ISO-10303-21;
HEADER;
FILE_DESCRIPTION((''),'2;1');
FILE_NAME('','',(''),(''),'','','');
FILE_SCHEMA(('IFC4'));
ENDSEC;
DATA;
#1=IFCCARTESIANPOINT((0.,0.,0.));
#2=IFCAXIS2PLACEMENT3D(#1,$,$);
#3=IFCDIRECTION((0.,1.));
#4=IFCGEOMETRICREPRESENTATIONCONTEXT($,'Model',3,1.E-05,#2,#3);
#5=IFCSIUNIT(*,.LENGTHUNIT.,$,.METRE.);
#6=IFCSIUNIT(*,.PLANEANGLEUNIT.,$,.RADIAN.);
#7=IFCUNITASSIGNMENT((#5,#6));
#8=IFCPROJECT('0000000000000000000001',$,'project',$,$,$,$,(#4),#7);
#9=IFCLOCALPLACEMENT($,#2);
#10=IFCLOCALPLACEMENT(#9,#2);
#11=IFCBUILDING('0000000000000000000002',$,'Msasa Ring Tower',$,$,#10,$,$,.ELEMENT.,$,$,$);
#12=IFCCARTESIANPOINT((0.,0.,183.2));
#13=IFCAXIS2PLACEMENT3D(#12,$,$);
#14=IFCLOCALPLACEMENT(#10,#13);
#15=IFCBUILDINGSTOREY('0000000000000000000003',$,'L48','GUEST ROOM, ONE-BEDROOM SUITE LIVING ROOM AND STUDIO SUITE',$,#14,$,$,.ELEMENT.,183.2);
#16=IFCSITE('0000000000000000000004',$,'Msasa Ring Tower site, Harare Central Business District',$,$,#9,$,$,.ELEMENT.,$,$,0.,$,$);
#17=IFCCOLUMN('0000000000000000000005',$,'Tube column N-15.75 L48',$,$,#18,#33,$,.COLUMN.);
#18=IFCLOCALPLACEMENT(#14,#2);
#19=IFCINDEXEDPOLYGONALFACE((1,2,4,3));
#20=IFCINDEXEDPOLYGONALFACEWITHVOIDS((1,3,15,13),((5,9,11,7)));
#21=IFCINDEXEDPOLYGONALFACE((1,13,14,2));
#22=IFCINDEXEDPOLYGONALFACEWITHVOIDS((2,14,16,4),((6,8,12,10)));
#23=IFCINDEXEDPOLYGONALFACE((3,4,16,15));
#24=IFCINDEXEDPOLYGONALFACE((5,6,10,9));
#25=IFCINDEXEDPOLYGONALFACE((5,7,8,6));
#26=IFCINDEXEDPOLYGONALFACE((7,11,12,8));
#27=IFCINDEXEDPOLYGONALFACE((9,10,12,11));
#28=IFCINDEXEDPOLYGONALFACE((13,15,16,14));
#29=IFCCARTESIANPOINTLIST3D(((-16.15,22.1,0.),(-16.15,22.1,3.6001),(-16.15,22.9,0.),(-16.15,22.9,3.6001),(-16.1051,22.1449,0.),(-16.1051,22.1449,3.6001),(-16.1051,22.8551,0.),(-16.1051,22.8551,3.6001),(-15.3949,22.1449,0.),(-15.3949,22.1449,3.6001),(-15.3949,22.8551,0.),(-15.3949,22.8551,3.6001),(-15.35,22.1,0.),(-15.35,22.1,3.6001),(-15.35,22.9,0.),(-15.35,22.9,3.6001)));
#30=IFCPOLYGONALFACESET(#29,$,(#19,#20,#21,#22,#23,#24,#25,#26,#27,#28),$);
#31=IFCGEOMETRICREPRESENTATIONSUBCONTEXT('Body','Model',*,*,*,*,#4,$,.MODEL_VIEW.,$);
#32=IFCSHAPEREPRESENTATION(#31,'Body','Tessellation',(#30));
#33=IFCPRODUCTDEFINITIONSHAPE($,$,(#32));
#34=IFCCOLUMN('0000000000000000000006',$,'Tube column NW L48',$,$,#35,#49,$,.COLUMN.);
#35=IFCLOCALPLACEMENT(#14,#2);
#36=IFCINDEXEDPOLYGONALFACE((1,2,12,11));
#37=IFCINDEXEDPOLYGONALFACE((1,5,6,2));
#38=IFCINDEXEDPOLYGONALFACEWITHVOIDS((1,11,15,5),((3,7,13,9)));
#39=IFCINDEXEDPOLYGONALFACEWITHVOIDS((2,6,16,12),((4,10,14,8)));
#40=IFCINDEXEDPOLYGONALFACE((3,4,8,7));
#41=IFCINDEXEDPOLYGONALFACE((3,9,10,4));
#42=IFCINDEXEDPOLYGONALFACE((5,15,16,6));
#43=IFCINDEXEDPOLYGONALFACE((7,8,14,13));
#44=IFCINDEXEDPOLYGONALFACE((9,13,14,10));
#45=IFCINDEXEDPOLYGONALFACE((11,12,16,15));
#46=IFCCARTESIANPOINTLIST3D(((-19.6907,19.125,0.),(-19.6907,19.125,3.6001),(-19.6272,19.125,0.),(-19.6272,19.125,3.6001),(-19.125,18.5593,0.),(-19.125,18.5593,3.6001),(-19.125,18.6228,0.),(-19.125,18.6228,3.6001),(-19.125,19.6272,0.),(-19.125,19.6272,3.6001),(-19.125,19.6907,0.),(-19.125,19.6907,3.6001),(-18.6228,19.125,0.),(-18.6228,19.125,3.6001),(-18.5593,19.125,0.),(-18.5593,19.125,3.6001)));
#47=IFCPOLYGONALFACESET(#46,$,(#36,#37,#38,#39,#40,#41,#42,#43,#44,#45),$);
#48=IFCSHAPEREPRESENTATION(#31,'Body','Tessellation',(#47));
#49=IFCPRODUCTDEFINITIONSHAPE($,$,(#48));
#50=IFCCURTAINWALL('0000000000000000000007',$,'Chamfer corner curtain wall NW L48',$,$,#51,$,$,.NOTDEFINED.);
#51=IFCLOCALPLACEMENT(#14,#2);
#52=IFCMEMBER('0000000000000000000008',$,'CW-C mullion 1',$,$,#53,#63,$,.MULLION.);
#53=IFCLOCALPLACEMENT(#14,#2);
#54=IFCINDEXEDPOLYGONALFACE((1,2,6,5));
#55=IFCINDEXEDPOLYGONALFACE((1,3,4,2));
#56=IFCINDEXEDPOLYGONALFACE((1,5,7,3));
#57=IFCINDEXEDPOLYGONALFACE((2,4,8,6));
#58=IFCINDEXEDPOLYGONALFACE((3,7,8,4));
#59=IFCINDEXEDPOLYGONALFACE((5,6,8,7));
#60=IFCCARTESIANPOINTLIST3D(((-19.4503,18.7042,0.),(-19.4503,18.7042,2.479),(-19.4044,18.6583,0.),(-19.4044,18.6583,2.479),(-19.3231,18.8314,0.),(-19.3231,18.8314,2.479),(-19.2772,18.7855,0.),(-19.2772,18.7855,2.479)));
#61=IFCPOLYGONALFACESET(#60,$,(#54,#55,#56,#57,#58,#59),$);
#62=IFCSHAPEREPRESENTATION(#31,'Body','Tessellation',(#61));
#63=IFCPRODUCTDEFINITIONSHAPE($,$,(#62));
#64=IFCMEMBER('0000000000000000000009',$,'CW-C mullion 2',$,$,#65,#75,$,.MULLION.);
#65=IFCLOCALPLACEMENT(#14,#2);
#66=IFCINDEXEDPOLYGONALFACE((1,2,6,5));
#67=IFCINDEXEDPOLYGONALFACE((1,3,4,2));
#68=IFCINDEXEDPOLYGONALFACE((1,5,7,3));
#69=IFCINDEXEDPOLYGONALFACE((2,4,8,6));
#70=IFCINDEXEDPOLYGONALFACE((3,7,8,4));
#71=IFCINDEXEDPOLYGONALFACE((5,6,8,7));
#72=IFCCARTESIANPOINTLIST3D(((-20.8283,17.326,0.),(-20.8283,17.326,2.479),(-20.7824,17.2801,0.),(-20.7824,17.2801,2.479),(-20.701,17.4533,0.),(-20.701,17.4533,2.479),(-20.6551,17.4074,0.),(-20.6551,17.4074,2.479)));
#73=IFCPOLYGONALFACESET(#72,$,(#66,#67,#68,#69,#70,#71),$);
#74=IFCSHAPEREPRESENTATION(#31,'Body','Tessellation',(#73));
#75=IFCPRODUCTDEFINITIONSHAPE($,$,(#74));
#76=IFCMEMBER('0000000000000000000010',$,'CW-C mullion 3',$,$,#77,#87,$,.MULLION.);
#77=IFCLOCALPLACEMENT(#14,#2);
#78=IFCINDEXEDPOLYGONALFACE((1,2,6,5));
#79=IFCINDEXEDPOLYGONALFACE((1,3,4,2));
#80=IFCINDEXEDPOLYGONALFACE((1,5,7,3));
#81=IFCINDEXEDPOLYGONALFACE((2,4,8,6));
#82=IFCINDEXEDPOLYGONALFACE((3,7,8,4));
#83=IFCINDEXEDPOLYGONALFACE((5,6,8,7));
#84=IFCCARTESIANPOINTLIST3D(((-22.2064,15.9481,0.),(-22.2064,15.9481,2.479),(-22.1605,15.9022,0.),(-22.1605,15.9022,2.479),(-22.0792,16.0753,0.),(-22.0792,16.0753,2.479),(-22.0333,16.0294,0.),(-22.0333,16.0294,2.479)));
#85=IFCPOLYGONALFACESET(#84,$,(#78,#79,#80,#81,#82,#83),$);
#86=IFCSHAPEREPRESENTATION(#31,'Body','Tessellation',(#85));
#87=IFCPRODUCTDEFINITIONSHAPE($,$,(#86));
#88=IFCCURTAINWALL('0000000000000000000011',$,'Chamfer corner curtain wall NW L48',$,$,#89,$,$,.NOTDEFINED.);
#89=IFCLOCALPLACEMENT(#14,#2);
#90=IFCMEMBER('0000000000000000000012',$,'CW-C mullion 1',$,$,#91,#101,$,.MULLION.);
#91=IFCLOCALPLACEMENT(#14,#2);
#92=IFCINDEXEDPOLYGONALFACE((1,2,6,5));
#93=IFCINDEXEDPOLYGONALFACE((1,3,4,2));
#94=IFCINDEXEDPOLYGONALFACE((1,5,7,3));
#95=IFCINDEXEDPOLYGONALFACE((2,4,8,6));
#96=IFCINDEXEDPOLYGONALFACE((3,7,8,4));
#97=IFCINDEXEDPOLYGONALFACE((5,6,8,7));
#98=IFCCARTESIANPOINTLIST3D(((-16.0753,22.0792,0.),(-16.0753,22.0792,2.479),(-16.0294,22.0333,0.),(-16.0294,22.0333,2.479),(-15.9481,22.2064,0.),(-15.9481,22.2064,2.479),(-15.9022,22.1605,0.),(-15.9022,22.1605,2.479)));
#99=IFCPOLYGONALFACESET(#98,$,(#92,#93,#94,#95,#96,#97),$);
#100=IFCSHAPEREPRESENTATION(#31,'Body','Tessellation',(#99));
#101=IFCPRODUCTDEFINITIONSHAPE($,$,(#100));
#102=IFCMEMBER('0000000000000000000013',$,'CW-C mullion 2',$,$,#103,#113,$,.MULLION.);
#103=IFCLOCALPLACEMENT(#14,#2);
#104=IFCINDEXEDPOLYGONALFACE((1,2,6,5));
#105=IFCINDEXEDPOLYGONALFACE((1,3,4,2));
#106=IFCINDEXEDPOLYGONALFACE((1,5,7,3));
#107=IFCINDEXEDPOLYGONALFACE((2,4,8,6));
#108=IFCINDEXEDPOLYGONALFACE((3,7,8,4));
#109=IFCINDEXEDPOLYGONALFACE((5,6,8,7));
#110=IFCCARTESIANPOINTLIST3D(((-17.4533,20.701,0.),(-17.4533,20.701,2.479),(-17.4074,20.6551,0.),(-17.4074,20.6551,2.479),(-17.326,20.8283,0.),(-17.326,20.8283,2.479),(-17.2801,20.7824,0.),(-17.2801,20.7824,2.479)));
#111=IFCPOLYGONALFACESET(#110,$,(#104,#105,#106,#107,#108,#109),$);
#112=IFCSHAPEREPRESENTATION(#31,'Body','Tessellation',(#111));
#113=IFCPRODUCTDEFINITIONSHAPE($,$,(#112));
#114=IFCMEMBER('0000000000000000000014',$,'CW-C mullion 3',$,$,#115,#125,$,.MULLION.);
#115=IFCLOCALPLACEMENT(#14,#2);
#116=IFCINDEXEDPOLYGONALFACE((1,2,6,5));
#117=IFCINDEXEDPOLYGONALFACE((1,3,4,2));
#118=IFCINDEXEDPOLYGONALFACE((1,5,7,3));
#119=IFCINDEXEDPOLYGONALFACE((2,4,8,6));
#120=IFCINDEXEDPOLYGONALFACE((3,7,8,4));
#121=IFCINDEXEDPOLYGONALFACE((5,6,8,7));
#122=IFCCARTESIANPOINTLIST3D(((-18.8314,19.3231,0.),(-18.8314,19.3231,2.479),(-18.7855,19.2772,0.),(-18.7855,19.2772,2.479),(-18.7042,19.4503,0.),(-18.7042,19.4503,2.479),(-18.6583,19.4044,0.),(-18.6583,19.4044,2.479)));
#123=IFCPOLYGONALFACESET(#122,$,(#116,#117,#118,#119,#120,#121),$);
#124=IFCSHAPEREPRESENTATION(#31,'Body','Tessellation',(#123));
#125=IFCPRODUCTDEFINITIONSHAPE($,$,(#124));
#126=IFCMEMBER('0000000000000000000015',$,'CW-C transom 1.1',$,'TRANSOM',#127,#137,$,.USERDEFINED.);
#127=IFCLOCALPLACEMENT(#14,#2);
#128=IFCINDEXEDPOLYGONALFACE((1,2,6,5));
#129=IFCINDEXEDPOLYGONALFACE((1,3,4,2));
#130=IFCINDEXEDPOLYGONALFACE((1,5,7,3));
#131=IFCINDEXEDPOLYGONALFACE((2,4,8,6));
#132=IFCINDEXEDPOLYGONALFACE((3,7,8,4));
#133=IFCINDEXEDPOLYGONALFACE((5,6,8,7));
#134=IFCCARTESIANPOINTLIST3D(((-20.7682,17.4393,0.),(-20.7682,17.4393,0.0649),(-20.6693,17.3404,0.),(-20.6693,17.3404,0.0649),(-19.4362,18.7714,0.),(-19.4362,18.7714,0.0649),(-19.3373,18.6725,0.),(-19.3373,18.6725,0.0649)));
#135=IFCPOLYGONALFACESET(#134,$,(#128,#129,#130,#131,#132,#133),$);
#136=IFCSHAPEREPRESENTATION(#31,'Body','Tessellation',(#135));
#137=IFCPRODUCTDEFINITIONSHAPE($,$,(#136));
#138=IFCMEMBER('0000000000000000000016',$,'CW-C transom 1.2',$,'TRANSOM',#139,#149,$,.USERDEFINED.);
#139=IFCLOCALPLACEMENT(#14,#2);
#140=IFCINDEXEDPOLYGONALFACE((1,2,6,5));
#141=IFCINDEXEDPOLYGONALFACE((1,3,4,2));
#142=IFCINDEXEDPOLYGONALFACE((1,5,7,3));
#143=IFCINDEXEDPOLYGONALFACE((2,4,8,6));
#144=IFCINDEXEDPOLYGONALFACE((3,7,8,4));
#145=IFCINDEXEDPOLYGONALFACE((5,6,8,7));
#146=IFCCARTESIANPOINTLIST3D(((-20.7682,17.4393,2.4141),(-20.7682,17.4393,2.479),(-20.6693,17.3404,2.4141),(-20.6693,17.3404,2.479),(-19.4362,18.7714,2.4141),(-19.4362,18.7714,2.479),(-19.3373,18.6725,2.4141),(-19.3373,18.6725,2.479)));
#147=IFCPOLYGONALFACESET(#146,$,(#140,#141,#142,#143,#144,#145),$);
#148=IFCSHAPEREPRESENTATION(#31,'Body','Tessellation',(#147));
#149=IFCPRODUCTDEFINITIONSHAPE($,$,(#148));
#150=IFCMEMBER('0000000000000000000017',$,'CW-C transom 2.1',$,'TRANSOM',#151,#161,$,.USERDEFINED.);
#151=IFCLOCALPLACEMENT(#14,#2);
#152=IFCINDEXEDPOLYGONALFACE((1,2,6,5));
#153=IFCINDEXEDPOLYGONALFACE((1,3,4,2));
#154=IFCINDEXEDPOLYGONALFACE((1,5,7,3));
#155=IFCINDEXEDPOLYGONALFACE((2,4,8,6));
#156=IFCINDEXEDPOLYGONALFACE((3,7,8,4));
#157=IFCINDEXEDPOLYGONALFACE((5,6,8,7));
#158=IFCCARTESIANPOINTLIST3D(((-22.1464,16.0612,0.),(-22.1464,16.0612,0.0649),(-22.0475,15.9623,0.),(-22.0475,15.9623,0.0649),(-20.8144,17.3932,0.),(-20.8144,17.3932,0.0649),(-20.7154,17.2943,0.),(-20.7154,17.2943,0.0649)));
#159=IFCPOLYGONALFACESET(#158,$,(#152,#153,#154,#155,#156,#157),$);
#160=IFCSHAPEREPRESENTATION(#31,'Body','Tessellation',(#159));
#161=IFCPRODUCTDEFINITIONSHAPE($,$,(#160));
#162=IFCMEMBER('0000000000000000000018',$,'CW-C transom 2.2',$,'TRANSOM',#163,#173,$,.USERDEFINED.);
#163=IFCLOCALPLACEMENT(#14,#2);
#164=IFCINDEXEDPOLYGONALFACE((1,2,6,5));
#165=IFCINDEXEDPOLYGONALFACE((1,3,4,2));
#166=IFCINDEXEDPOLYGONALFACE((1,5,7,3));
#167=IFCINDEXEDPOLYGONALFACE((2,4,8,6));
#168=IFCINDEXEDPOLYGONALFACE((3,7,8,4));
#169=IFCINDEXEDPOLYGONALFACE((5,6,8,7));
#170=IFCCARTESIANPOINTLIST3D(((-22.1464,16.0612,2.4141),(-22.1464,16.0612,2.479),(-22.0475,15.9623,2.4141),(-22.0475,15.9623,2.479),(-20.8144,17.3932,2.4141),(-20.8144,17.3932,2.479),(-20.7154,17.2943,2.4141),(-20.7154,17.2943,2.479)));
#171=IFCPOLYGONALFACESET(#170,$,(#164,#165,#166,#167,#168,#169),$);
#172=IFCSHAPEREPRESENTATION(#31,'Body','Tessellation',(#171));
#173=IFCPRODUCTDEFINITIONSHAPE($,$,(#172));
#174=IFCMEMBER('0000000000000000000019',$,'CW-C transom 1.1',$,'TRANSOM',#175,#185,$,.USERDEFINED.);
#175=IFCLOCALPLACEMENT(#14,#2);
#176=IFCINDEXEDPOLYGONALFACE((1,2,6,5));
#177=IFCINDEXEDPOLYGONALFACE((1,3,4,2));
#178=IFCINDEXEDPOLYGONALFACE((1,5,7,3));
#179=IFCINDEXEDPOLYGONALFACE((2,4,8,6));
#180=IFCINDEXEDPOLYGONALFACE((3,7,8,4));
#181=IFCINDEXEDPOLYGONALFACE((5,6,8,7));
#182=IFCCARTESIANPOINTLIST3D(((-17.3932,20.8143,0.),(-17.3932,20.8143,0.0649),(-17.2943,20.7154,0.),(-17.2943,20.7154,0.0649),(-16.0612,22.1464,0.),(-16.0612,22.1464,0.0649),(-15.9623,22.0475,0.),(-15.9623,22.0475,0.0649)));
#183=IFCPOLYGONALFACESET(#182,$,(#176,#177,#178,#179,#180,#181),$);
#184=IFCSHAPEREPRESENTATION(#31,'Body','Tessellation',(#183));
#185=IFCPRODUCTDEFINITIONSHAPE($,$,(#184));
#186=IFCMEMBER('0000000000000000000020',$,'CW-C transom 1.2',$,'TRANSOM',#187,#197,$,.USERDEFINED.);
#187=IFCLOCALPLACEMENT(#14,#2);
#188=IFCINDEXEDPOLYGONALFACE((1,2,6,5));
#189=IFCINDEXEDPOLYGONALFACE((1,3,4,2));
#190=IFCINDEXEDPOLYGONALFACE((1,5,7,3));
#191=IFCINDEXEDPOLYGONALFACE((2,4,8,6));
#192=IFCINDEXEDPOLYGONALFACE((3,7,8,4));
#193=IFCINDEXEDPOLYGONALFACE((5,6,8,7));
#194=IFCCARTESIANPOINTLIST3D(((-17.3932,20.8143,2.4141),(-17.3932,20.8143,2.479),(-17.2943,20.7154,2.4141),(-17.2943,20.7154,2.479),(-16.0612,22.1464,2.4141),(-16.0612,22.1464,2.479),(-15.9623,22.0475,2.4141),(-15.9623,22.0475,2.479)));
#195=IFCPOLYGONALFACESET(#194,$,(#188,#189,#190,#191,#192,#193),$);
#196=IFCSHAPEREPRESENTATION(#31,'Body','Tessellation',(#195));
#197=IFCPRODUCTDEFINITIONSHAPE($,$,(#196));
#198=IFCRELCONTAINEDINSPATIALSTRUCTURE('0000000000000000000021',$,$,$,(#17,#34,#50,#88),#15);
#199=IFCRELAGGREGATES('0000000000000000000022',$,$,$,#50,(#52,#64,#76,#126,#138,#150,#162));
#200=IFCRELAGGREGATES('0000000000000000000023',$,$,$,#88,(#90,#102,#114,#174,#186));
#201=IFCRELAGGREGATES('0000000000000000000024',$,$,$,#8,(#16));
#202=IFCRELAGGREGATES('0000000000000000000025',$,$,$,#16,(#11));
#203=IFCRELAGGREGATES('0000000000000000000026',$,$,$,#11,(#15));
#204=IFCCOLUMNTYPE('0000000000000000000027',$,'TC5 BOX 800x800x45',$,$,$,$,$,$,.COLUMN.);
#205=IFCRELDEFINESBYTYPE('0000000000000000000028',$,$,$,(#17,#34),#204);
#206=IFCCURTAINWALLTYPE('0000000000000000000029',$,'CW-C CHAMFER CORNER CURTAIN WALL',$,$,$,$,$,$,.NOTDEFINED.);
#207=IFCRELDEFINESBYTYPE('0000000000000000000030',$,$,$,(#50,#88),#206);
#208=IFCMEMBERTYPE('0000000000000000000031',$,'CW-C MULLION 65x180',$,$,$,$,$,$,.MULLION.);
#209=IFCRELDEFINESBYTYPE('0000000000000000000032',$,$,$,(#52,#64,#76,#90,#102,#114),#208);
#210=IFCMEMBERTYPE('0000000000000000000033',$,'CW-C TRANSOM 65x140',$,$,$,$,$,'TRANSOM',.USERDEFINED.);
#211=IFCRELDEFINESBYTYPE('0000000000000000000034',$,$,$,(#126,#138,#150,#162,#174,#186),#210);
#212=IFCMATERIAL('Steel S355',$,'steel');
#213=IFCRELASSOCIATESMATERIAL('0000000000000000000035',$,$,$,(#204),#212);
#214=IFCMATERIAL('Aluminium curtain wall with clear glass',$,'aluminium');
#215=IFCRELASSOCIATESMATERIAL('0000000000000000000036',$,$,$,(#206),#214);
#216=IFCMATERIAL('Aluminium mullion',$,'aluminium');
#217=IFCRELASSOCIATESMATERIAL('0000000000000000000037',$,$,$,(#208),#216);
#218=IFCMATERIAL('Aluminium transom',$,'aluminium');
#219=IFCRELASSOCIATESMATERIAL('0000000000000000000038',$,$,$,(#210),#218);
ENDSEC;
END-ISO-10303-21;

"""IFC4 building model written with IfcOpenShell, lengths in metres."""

from ifc_helpers import new_model, si_unit, direction, frame, origin, origin_2d, place, context, subcontext, project, spatial, rectangle, hollow_rectangle, extrude, material, material_profile, profile_set, type_object, element, aggregate, save


model = new_model("IFC4")

# Units and contexts
model_context = context("Model", 3, precision=1e-05, world=origin(), true_north=direction((0.0, 1.0)))
body_context = subcontext(model_context, "Body", "Model", "MODEL_VIEW")
ifc_project = project(units=[si_unit("LENGTHUNIT", "METRE"), si_unit("PLANEANGLEUNIT", "RADIAN")], contexts=[model_context])

# Site, building, storey
site_placement = place(None, origin())
site = spatial("IfcSite", under=ifc_project, at=site_placement, Name="Msasa Ring Tower site, Harare Central Business District", CompositionType="ELEMENT", RefElevation=0.0)
building_placement = place(site_placement, origin())
building = spatial("IfcBuilding", under=site, at=building_placement, Name="Msasa Ring Tower", CompositionType="ELEMENT")
storey_placement = place(building_placement, frame((0.0, 0.0, 183.2)))
storey = spatial("IfcBuildingStorey", under=building, at=storey_placement, Name="L48", Description="GUEST ROOM, ONE-BEDROOM SUITE LIVING ROOM AND STUDIO SUITE", CompositionType="ELEMENT", Elevation=183.2)

# Columns
ifc_material_1 = material(Name="Steel S355", Category="steel")
ifc_material_profile_1 = material_profile(ifc_material_1, hollow_rectangle(XDim=0.8, YDim=0.8, WallThickness=0.0449, at=origin_2d()), Name="BOX 800x800x45")
ifc_profile_set_1 = profile_set([ifc_material_profile_1], Name="Steel S355")
column_type = type_object("IfcColumnType", Name="TC5 BOX 800x800x45", PredefinedType="COLUMN", material=ifc_profile_set_1)
for number, where, z_axis, x_axis, name in (
    (1, (-15.75, 22.5, 0.0), (0.0, 0.0, 1.0), (0.0, 1.0, 0.0), "Tube column N-15.75 L48"),
    (2, (-19.125, 19.125, 0.0), (0.0, 0.0, 1.0), (0.707107, -0.707107, 0.0), "Tube column NW L48"),
):
    element("IfcColumn", number, at=place(storey_placement, frame(where, z_axis=z_axis, x_axis=x_axis)), inside=storey, type_object=column_type, Name=name, PredefinedType="COLUMN", context=body_context, shape_type="SweptSolid", body=[
        extrude(hollow_rectangle(XDim=0.8, YDim=0.8, WallThickness=0.0449, at=origin_2d()), origin(), (0.0, 0.0, 1.0), 3.6001),
    ])

# Curtain walls, members
ifc_material_2 = material(Name="Aluminium curtain wall with clear glass", Category="aluminium")
curtain_wall_type = type_object("IfcCurtainWallType", Name="CW-C CHAMFER CORNER CURTAIN WALL", PredefinedType="NOTDEFINED", material=ifc_material_2)
curtain_wall_1_placement = place(storey_placement, origin())
curtain_wall_1 = element("IfcCurtainWall", 3, at=curtain_wall_1_placement, inside=storey, type_object=curtain_wall_type, Name="Chamfer corner curtain wall NW L48", PredefinedType="NOTDEFINED")
ifc_material_3 = material(Name="Aluminium mullion", Category="aluminium")
ifc_material_profile_2 = material_profile(ifc_material_3, rectangle(XDim=0.0649, YDim=0.1799, at=origin_2d()), Name="AL 65x180")
ifc_profile_set_2 = profile_set([ifc_material_profile_2], Name="Aluminium mullion")
member_type_1 = type_object("IfcMemberType", Name="CW-C MULLION 65x180", PredefinedType="MULLION", material=ifc_profile_set_2)
member_1_placement = place(storey_placement, frame((-19.3638, 18.7449, 0.0), z_axis=(0.0, 0.0, 1.0), x_axis=(0.707107, -0.707107, 0.0)))
member_1 = element("IfcMember", 4, at=member_1_placement, type_object=member_type_1, Name="CW-C mullion 1", PredefinedType="MULLION", context=body_context, shape_type="SweptSolid", body=[
    extrude(rectangle(XDim=0.0649, YDim=0.1799, at=origin_2d()), origin(), (0.0, 0.0, 1.0), 2.479),
])
member_2_placement = place(storey_placement, frame((-20.7417, 17.3667, 0.0), z_axis=(0.0, 0.0, 1.0), x_axis=(0.707107, -0.707107, 0.0)))
member_2 = element("IfcMember", 5, at=member_2_placement, type_object=member_type_1, Name="CW-C mullion 2", PredefinedType="MULLION", context=body_context, shape_type="SweptSolid", body=[
    extrude(rectangle(XDim=0.0649, YDim=0.1799, at=origin_2d()), origin(), (0.0, 0.0, 1.0), 2.479),
])
member_3_placement = place(storey_placement, frame((-22.1199, 15.9888, 0.0), z_axis=(0.0, 0.0, 1.0), x_axis=(0.707107, -0.707107, 0.0)))
member_3 = element("IfcMember", 6, at=member_3_placement, type_object=member_type_1, Name="CW-C mullion 3", PredefinedType="MULLION", context=body_context, shape_type="SweptSolid", body=[
    extrude(rectangle(XDim=0.0649, YDim=0.1799, at=origin_2d()), origin(), (0.0, 0.0, 1.0), 2.479),
])
curtain_wall_2_placement = place(storey_placement, origin())
curtain_wall_2 = element("IfcCurtainWall", 7, at=curtain_wall_2_placement, inside=storey, type_object=curtain_wall_type, Name="Chamfer corner curtain wall NW L48", PredefinedType="NOTDEFINED")
member_4_placement = place(storey_placement, frame((-15.9888, 22.1199, 0.0), z_axis=(0.0, 0.0, 1.0), x_axis=(0.707107, -0.707107, 0.0)))
member_4 = element("IfcMember", 8, at=member_4_placement, type_object=member_type_1, Name="CW-C mullion 1", PredefinedType="MULLION", context=body_context, shape_type="SweptSolid", body=[
    extrude(rectangle(XDim=0.0649, YDim=0.1799, at=origin_2d()), origin(), (0.0, 0.0, 1.0), 2.479),
])
member_5_placement = place(storey_placement, frame((-17.3667, 20.7417, 0.0), z_axis=(0.0, 0.0, 1.0), x_axis=(0.707107, -0.707107, 0.0)))
member_5 = element("IfcMember", 9, at=member_5_placement, type_object=member_type_1, Name="CW-C mullion 2", PredefinedType="MULLION", context=body_context, shape_type="SweptSolid", body=[
    extrude(rectangle(XDim=0.0649, YDim=0.1799, at=origin_2d()), origin(), (0.0, 0.0, 1.0), 2.479),
])
member_6_placement = place(storey_placement, frame((-18.7449, 19.3638, 0.0), z_axis=(0.0, 0.0, 1.0), x_axis=(0.707107, -0.707107, 0.0)))
member_6 = element("IfcMember", 10, at=member_6_placement, type_object=member_type_1, Name="CW-C mullion 3", PredefinedType="MULLION", context=body_context, shape_type="SweptSolid", body=[
    extrude(rectangle(XDim=0.0649, YDim=0.1799, at=origin_2d()), origin(), (0.0, 0.0, 1.0), 2.479),
])

# Members
ifc_material_4 = material(Name="Aluminium transom", Category="aluminium")
ifc_material_profile_3 = material_profile(ifc_material_4, rectangle(XDim=0.1399, YDim=0.0649, at=origin_2d()), Name="AL 65x140")
ifc_profile_set_3 = profile_set([ifc_material_profile_3], Name="Aluminium transom")
member_type_2 = type_object("IfcMemberType", Name="CW-C TRANSOM 65x140", ElementType="TRANSOM", PredefinedType="USERDEFINED", material=ifc_profile_set_3)
member_7_placement = place(storey_placement, frame((-19.3867, 18.7219, 0.0325), z_axis=(-0.707107, -0.707107, 0.0), x_axis=(0.707107, -0.707107, 0.0)))
member_7 = element("IfcMember", 11, at=member_7_placement, type_object=member_type_2, Name="CW-C transom 1.1", ObjectType="TRANSOM", PredefinedType="USERDEFINED", context=body_context, shape_type="SweptSolid", body=[
    extrude(rectangle(XDim=0.1399, YDim=0.0649, at=origin_2d()), origin(), (0.0, 0.0, 1.0), 1.8838),
])
member_8_placement = place(storey_placement, frame((-19.3867, 18.7219, 2.4465), z_axis=(-0.707107, -0.707107, 0.0), x_axis=(0.707107, -0.707107, 0.0)))
member_8 = element("IfcMember", 12, at=member_8_placement, type_object=member_type_2, Name="CW-C transom 1.2", ObjectType="TRANSOM", PredefinedType="USERDEFINED", context=body_context, shape_type="SweptSolid", body=[
    extrude(rectangle(XDim=0.1399, YDim=0.0649, at=origin_2d()), origin(), (0.0, 0.0, 1.0), 1.8838),
])
member_9_placement = place(storey_placement, frame((-20.7649, 17.3438, 0.0325), z_axis=(-0.707107, -0.707107, 0.0), x_axis=(0.707107, -0.707107, 0.0)))
member_9 = element("IfcMember", 13, at=member_9_placement, type_object=member_type_2, Name="CW-C transom 2.1", ObjectType="TRANSOM", PredefinedType="USERDEFINED", context=body_context, shape_type="SweptSolid", body=[
    extrude(rectangle(XDim=0.1399, YDim=0.0649, at=origin_2d()), origin(), (0.0, 0.0, 1.0), 1.8838),
])
member_10_placement = place(storey_placement, frame((-20.7649, 17.3438, 2.4465), z_axis=(-0.707107, -0.707107, 0.0), x_axis=(0.707107, -0.707107, 0.0)))
member_10 = element("IfcMember", 14, at=member_10_placement, type_object=member_type_2, Name="CW-C transom 2.2", ObjectType="TRANSOM", PredefinedType="USERDEFINED", context=body_context, shape_type="SweptSolid", body=[
    extrude(rectangle(XDim=0.1399, YDim=0.0649, at=origin_2d()), origin(), (0.0, 0.0, 1.0), 1.8838),
])
member_11_placement = place(storey_placement, frame((-16.0117, 22.0969, 0.0325), z_axis=(-0.707107, -0.707107, 0.0), x_axis=(0.707107, -0.707107, 0.0)))
member_11 = element("IfcMember", 15, at=member_11_placement, type_object=member_type_2, Name="CW-C transom 1.1", ObjectType="TRANSOM", PredefinedType="USERDEFINED", context=body_context, shape_type="SweptSolid", body=[
    extrude(rectangle(XDim=0.1399, YDim=0.0649, at=origin_2d()), origin(), (0.0, 0.0, 1.0), 1.8838),
])
member_12_placement = place(storey_placement, frame((-16.0117, 22.0969, 2.4465), z_axis=(-0.707107, -0.707107, 0.0), x_axis=(0.707107, -0.707107, 0.0)))
member_12 = element("IfcMember", 16, at=member_12_placement, type_object=member_type_2, Name="CW-C transom 1.2", ObjectType="TRANSOM", PredefinedType="USERDEFINED", context=body_context, shape_type="SweptSolid", body=[
    extrude(rectangle(XDim=0.1399, YDim=0.0649, at=origin_2d()), origin(), (0.0, 0.0, 1.0), 1.8838),
])

aggregate(curtain_wall_1, [member_1, member_2, member_3, member_7, member_8, member_9, member_10])
aggregate(curtain_wall_2, [member_4, member_5, member_6, member_11, member_12])

save(model, "model.ifc")
